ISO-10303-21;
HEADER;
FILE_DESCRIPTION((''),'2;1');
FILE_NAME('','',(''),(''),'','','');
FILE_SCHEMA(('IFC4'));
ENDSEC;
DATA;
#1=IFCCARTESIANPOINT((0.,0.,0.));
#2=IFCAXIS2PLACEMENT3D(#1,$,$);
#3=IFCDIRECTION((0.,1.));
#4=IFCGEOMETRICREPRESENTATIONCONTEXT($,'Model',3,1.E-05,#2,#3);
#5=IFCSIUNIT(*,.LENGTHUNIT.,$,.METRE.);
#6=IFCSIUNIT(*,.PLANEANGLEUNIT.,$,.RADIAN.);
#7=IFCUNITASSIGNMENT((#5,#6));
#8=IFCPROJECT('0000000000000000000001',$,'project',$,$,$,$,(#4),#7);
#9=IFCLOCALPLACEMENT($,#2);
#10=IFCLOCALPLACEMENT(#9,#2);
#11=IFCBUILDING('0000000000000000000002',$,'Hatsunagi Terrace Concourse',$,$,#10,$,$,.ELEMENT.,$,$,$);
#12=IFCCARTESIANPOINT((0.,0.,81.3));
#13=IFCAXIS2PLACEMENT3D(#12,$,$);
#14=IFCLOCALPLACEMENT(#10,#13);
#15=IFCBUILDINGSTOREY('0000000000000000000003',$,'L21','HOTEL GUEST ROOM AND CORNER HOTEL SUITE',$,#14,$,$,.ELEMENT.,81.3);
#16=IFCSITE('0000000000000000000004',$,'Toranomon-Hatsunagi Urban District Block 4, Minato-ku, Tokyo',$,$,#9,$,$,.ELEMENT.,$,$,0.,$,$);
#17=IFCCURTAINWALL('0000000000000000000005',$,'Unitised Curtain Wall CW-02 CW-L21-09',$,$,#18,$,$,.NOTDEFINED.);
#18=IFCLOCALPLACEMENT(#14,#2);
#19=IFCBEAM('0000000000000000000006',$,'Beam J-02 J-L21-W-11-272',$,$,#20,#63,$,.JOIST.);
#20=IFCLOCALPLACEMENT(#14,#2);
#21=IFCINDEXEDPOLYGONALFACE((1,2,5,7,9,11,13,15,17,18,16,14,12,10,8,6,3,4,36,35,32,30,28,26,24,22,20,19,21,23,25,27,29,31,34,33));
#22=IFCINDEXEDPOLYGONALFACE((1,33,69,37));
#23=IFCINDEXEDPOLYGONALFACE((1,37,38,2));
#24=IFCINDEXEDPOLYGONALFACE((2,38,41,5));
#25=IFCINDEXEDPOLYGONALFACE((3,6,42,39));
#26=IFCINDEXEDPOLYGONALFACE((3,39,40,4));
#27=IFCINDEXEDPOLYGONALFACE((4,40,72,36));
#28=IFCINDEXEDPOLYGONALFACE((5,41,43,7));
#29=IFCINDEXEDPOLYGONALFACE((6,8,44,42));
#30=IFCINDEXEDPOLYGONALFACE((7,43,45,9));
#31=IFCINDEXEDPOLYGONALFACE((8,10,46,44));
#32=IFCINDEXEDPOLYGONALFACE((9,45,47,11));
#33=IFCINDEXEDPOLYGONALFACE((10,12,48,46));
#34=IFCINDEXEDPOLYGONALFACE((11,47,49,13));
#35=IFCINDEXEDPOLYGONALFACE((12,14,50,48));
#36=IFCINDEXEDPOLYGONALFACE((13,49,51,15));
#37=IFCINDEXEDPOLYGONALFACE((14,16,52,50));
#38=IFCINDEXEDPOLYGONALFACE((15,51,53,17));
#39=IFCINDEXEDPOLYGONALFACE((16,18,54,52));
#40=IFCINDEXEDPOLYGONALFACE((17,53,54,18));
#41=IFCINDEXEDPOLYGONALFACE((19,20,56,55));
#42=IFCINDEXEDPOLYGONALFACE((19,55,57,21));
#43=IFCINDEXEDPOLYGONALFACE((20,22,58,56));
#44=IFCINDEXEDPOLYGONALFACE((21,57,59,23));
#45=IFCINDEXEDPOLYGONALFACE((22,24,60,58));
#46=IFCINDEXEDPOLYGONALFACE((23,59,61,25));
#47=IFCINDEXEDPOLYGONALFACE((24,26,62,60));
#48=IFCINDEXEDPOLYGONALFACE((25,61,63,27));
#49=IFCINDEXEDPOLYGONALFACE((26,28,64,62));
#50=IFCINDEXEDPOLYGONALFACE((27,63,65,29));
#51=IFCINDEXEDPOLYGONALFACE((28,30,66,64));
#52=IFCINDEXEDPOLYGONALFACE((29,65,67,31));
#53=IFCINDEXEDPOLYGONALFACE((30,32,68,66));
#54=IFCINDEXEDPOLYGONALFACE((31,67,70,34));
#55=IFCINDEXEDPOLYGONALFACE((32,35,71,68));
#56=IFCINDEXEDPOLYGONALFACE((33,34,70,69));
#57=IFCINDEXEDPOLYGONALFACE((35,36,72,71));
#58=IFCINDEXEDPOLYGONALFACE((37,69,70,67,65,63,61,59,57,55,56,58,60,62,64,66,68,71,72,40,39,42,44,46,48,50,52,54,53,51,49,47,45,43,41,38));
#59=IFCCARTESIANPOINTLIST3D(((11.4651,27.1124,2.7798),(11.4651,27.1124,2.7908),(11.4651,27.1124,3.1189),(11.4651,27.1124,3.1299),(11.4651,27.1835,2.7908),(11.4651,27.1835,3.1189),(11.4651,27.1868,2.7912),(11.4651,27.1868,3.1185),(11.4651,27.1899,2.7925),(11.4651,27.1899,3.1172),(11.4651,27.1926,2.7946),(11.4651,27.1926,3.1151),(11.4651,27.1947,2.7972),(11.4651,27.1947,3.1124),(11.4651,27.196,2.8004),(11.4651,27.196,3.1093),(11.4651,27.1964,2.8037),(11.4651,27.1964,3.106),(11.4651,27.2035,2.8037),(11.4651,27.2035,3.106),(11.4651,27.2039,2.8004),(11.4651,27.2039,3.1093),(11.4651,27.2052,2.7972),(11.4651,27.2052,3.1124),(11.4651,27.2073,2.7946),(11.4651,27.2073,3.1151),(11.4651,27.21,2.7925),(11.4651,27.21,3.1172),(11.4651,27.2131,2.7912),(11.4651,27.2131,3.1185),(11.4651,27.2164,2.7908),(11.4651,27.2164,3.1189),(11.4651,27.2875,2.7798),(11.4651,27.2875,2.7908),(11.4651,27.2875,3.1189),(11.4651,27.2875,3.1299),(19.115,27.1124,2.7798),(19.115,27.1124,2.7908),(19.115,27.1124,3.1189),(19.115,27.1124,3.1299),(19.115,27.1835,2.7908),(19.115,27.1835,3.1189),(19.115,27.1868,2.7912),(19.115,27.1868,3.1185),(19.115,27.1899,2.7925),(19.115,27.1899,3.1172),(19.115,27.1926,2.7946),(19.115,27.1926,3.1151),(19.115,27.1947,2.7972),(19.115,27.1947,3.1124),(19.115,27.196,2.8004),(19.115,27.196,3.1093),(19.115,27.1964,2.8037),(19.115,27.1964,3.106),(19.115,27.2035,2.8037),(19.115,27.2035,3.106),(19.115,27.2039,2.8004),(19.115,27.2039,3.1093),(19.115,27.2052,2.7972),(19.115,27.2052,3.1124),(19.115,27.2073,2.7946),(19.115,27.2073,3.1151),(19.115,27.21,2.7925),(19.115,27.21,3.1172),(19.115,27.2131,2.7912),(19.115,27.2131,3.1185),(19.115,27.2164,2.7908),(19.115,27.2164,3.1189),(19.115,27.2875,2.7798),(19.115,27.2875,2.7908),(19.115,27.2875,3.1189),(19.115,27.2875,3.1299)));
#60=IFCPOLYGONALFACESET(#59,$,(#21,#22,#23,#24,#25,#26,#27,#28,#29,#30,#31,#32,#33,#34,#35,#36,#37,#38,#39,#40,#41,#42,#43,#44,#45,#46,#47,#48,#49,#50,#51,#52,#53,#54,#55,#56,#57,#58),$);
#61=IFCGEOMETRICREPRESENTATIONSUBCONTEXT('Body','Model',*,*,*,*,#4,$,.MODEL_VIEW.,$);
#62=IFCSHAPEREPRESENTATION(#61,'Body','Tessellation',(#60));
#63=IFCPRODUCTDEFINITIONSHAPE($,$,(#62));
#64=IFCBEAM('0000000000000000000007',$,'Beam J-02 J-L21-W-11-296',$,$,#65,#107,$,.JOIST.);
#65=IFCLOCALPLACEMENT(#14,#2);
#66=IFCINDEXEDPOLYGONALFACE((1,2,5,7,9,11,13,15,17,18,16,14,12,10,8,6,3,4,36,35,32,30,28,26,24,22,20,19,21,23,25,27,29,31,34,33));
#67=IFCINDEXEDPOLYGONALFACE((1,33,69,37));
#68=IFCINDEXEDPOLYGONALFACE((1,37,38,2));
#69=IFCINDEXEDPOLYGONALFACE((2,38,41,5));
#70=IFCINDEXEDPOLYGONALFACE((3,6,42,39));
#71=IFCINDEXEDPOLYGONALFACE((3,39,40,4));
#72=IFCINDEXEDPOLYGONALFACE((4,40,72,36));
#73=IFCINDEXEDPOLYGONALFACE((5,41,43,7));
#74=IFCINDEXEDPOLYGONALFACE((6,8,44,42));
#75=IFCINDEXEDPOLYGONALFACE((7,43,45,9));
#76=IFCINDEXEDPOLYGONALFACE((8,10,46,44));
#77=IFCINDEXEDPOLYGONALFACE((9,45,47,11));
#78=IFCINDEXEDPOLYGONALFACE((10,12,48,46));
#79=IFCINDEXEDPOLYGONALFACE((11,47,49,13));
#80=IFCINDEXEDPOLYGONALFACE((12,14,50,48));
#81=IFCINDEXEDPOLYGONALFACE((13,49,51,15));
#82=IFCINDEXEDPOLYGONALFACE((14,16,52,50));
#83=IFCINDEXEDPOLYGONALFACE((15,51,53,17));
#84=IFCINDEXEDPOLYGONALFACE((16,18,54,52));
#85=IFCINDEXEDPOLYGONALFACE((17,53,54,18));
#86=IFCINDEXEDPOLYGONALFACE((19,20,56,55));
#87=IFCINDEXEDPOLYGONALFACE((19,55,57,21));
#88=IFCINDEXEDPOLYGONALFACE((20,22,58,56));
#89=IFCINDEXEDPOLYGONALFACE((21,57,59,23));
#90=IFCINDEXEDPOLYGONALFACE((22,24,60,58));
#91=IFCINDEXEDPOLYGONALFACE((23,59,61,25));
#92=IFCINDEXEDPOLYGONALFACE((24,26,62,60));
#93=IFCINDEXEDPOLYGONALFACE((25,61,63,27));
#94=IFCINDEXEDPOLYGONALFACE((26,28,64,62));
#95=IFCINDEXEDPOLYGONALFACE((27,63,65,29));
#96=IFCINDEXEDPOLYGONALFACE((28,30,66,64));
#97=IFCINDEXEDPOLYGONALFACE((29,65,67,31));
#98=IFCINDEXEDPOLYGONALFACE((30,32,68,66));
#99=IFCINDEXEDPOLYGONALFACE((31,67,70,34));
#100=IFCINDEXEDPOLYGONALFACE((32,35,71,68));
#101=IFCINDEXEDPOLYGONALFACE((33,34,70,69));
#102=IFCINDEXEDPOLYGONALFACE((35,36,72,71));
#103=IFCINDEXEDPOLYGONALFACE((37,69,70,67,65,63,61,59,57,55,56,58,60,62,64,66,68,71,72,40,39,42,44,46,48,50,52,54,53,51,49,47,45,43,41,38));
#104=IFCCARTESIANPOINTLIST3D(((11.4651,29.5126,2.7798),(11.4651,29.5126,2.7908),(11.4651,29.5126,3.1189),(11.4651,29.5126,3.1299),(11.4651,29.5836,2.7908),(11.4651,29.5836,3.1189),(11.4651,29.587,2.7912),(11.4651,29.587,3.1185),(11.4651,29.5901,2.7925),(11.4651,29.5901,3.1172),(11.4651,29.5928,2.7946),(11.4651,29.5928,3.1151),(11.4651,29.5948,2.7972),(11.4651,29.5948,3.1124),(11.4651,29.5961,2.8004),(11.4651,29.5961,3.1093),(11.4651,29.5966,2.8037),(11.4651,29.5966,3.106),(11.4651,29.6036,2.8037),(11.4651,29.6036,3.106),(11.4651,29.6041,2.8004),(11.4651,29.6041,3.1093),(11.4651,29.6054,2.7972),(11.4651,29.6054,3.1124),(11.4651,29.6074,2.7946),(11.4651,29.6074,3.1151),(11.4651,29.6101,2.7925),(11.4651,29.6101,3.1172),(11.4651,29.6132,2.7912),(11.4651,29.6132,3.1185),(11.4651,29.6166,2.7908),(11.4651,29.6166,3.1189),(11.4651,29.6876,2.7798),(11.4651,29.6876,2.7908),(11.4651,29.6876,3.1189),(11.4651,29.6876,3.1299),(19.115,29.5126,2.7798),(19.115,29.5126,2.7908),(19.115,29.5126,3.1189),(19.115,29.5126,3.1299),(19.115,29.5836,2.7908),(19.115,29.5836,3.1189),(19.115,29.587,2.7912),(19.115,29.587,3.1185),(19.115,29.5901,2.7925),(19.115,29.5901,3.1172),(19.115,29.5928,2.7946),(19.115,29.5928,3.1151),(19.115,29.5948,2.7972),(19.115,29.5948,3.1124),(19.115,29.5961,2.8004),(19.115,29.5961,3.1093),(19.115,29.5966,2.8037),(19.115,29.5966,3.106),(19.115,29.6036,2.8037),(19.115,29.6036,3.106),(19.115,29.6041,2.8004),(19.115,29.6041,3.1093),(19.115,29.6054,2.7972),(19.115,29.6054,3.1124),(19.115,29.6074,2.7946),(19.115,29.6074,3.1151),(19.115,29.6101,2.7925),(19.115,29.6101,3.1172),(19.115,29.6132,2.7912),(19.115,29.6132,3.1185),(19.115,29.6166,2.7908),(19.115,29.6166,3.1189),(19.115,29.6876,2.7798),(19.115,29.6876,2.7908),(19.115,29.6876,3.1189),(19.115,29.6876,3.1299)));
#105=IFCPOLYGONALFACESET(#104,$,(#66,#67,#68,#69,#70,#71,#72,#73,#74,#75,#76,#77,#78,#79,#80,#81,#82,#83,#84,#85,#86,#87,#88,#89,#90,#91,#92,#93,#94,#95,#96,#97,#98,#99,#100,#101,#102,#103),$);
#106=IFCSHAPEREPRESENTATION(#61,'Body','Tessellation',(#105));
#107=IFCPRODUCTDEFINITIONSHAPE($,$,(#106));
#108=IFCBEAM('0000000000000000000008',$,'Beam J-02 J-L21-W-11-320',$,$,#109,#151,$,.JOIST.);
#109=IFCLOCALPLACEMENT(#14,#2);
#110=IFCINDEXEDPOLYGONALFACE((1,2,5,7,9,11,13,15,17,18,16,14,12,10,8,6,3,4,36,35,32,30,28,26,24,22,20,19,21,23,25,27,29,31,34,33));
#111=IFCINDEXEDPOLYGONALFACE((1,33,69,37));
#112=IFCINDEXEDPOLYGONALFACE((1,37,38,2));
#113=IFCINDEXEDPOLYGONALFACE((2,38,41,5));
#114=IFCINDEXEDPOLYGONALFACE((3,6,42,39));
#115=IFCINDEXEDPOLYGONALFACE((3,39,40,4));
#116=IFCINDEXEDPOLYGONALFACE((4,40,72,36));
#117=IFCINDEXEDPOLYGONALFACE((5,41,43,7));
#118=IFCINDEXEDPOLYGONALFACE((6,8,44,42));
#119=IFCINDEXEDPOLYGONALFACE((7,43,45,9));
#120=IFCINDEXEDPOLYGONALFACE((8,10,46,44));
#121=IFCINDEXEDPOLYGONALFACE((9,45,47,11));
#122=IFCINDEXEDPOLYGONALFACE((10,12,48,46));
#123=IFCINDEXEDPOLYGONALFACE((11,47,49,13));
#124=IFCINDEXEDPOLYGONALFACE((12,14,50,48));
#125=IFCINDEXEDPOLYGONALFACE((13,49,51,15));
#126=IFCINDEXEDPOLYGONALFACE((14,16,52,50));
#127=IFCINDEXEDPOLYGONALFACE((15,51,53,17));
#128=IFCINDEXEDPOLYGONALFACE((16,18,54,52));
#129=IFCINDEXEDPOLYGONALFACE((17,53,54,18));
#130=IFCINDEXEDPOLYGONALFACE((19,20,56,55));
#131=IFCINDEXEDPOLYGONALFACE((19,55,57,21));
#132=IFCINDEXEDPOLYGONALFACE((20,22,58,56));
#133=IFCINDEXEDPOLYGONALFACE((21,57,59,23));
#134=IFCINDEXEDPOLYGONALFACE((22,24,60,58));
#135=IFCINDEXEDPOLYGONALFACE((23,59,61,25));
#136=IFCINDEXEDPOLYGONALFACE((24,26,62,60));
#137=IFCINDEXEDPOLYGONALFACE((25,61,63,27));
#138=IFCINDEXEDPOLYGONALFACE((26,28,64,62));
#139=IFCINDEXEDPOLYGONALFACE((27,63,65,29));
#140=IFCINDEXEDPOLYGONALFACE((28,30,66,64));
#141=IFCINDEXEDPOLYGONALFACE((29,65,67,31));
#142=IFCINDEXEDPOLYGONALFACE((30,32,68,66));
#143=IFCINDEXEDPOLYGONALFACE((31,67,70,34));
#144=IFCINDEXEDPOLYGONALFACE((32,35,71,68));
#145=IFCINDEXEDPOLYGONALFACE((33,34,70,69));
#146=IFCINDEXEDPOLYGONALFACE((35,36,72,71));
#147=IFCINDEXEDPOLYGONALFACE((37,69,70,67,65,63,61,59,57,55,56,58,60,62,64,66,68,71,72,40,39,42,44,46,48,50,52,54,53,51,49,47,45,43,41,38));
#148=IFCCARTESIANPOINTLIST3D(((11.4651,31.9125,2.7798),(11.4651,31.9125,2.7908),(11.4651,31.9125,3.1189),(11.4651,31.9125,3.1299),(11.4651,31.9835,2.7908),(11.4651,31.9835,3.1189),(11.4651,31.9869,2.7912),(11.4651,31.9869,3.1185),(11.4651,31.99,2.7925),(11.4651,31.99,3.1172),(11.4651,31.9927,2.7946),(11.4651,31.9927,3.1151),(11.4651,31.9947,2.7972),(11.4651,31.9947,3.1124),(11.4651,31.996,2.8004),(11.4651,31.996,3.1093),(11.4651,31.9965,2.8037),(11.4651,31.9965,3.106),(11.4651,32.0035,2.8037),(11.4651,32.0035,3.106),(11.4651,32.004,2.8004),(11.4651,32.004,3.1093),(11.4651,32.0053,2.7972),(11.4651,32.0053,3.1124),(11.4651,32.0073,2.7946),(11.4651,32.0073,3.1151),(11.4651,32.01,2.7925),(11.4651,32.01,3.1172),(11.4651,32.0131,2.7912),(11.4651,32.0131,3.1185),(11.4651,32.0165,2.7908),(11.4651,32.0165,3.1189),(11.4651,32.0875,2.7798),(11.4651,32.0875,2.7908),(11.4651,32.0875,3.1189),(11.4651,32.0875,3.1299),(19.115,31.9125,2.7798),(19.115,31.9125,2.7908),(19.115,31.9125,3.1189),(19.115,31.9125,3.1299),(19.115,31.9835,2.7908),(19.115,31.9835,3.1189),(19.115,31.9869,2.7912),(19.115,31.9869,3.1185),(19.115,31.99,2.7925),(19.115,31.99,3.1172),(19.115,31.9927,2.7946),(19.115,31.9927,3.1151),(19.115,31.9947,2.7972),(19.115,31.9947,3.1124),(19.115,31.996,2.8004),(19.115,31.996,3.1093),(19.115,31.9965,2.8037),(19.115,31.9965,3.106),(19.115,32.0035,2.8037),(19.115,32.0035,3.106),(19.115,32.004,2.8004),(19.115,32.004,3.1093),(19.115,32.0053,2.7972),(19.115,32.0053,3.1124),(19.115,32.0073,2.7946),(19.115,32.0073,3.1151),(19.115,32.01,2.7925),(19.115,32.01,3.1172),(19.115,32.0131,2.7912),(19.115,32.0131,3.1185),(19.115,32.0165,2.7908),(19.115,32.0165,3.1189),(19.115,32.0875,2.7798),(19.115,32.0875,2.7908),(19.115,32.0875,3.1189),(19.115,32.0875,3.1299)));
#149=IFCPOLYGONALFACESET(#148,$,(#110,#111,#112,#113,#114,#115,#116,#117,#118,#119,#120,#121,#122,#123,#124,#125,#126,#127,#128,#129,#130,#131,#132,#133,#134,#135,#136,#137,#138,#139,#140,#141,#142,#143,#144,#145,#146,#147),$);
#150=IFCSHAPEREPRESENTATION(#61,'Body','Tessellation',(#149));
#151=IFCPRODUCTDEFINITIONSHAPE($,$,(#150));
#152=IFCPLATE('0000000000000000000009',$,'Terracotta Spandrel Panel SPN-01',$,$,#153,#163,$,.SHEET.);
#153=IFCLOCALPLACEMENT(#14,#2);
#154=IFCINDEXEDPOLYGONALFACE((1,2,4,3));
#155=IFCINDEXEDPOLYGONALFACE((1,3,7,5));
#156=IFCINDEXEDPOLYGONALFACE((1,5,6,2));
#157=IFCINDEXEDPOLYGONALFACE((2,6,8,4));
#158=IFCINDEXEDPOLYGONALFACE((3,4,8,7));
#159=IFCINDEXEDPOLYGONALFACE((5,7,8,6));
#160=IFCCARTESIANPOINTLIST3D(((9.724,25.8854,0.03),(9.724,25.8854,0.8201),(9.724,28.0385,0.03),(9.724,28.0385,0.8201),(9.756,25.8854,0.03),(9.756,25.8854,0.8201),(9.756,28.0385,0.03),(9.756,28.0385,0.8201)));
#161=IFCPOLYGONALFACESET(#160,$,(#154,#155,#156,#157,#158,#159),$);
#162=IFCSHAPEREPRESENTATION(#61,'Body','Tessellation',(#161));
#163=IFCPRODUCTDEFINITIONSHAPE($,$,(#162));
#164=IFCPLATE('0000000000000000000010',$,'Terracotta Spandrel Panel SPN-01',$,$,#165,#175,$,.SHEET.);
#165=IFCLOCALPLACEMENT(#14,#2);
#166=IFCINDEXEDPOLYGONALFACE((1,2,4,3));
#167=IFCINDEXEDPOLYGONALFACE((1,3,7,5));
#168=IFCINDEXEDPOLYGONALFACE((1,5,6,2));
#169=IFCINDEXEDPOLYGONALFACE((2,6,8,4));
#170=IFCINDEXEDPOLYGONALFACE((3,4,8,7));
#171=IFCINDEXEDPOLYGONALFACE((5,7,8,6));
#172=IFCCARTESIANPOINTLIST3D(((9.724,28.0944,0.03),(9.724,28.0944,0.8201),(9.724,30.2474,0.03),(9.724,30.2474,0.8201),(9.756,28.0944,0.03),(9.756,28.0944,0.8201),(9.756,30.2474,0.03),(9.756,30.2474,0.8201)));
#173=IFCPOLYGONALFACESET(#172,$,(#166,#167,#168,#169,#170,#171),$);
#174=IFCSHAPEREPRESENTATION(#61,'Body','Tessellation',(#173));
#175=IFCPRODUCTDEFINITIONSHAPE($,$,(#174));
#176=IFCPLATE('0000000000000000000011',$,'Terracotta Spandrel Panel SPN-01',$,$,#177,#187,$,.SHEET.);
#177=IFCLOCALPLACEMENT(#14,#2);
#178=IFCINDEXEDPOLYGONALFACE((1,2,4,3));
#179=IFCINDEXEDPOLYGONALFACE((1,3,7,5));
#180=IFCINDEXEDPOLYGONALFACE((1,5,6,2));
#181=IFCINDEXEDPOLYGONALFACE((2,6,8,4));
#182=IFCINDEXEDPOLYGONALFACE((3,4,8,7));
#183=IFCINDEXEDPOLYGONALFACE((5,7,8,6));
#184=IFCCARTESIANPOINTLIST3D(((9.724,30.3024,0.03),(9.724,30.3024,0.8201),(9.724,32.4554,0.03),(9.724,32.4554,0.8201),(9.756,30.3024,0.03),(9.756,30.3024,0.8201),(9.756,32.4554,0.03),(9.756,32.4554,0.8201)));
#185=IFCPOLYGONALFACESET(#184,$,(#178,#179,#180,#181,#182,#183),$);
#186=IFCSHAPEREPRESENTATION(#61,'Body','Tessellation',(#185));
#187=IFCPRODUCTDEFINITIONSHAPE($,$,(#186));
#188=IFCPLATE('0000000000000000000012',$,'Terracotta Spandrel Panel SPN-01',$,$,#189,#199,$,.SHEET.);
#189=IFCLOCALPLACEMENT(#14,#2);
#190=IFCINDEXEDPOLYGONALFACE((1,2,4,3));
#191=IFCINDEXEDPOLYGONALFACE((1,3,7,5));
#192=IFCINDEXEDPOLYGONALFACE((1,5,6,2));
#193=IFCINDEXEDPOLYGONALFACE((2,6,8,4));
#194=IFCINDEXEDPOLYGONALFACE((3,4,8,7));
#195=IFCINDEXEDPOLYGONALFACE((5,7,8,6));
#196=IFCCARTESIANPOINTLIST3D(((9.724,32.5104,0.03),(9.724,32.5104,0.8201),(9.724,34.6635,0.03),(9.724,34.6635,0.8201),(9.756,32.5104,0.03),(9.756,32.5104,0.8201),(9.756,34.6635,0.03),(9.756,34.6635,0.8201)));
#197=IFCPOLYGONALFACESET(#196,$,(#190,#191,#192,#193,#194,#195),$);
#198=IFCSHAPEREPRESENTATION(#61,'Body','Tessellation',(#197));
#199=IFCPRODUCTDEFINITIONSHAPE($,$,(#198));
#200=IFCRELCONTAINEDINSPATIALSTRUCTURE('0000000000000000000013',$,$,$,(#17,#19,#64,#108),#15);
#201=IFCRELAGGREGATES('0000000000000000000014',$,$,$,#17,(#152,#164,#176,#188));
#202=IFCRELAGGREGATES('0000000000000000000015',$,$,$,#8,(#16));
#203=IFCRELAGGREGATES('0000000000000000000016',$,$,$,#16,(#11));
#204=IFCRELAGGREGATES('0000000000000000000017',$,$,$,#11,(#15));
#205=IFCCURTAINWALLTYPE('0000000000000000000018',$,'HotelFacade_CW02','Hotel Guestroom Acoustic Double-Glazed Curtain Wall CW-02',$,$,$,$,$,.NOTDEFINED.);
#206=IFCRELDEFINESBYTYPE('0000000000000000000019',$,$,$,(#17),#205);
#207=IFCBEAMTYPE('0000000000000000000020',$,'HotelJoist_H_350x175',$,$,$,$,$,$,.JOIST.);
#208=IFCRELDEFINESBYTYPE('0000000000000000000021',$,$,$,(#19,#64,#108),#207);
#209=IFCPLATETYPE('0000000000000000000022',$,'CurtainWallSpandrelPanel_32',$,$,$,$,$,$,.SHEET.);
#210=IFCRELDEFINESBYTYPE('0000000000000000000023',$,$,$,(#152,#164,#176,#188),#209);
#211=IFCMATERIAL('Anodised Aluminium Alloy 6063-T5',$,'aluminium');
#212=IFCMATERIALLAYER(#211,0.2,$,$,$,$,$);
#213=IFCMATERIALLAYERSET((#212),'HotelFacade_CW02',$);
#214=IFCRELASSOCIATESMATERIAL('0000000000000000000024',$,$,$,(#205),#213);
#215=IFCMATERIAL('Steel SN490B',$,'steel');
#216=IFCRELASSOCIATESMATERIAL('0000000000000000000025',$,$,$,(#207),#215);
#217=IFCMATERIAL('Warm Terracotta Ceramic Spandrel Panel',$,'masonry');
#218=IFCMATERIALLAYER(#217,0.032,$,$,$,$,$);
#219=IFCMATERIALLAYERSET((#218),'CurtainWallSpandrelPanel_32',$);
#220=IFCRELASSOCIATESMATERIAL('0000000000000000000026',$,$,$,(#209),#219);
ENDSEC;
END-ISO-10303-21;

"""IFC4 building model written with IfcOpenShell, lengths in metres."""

from ifc_helpers import new_model, si_unit, direction, frame, origin, origin_2d, place, context, subcontext, project, spatial, rectangle, i_section, extrude, material, layer, layer_set, material_profile, profile_set, type_object, element, aggregate, save


model = new_model("IFC4")

# Units and contexts
model_context = context("Model", 3, precision=1e-05, world=origin(), true_north=direction((0.0, 1.0)))
body_context = subcontext(model_context, "Body", "Model", "MODEL_VIEW")
ifc_project = project(units=[si_unit("LENGTHUNIT", "METRE"), si_unit("PLANEANGLEUNIT", "RADIAN")], contexts=[model_context])

# Site, building, storey
site_placement = place(None, origin())
site = spatial("IfcSite", under=ifc_project, at=site_placement, Name="Toranomon-Hatsunagi Urban District Block 4, Minato-ku, Tokyo", CompositionType="ELEMENT", RefElevation=0.0)
building_placement = place(site_placement, origin())
building = spatial("IfcBuilding", under=site, at=building_placement, Name="Hatsunagi Terrace Concourse", CompositionType="ELEMENT")
storey_placement = place(building_placement, frame((0.0, 0.0, 81.3)))
storey = spatial("IfcBuildingStorey", under=building, at=storey_placement, Name="L21", Description="HOTEL GUEST ROOM AND CORNER HOTEL SUITE", CompositionType="ELEMENT", Elevation=81.3)

# Curtain wall
ifc_material_1 = material(Name="Anodised Aluminium Alloy 6063-T5", Category="aluminium")
ifc_layer_1 = layer(ifc_material_1, 0.2)
ifc_layer_set_1 = layer_set([ifc_layer_1], Name="HotelFacade_CW02")
curtain_wall_type = type_object("IfcCurtainWallType", Name="HotelFacade_CW02", Description="Hotel Guestroom Acoustic Double-Glazed Curtain Wall CW-02", PredefinedType="NOTDEFINED", material=ifc_layer_set_1)
curtain_wall_placement = place(storey_placement, origin())
curtain_wall = element("IfcCurtainWall", 1, at=curtain_wall_placement, inside=storey, type_object=curtain_wall_type, Name="Unitised Curtain Wall CW-02 CW-L21-09", PredefinedType="NOTDEFINED")

# Beams
ifc_material_2 = material(Name="Steel SN490B", Category="steel")
ifc_material_profile_1 = material_profile(ifc_material_2, i_section(OverallWidth=0.175, OverallDepth=0.3501, WebThickness=0.0071, FlangeThickness=0.011, FilletRadius=0.0129, at=origin_2d()), Name="H-350x175x7x11")
ifc_profile_set_1 = profile_set([ifc_material_profile_1], Name="Steel SN490B")
beam_type = type_object("IfcBeamType", Name="HotelJoist_H_350x175", PredefinedType="JOIST", material=ifc_profile_set_1)
for number, where, z_axis, x_axis, name in (
    (2, (11.4651, 27.2, 2.9548), (1.0, 0.0, 0.0), (0.0, 1.0, 0.0), "Beam J-02 J-L21-W-11-272"),
    (3, (11.4651, 29.6001, 2.9548), (1.0, 0.0, 0.0), (0.0, 1.0, 0.0), "Beam J-02 J-L21-W-11-296"),
    (4, (11.4651, 32.0, 2.9548), (1.0, 0.0, 0.0), (0.0, 1.0, 0.0), "Beam J-02 J-L21-W-11-320"),
):
    element("IfcBeam", number, at=place(storey_placement, frame(where, z_axis=z_axis, x_axis=x_axis)), inside=storey, type_object=beam_type, Name=name, PredefinedType="JOIST", context=body_context, shape_type="SweptSolid", body=[
        extrude(i_section(OverallWidth=0.175, OverallDepth=0.3501, WebThickness=0.0071, FlangeThickness=0.011, FilletRadius=0.0129, at=origin_2d()), origin(), (0.0, 0.0, 1.0), 7.6499),
    ])

# Plates
ifc_material_3 = material(Name="Warm Terracotta Ceramic Spandrel Panel", Category="masonry")
ifc_layer_2 = layer(ifc_material_3, 0.032)
ifc_layer_set_2 = layer_set([ifc_layer_2], Name="CurtainWallSpandrelPanel_32")
plate_type_1 = type_object("IfcPlateType", Name="CurtainWallSpandrelPanel_32", PredefinedType="SHEET", material=ifc_layer_set_2)
plate_1_placement = place(storey_placement, frame((9.74, 26.9619, 0.03), z_axis=(0.0, 0.0, 1.0), x_axis=(0.0, 1.0, 0.0)))
plate_1 = element("IfcPlate", 5, at=plate_1_placement, type_object=plate_type_1, Name="Terracotta Spandrel Panel SPN-01", PredefinedType="SHEET", context=body_context, shape_type="SweptSolid", body=[
    extrude(rectangle(XDim=2.1531, YDim=0.032, at=origin_2d()), origin(), (0.0, 0.0, 1.0), 0.79),
])
plate_2_placement = place(storey_placement, frame((9.74, 29.1709, 0.03), z_axis=(0.0, 0.0, 1.0), x_axis=(0.0, 1.0, 0.0)))
plate_2 = element("IfcPlate", 6, at=plate_2_placement, type_object=plate_type_1, Name="Terracotta Spandrel Panel SPN-01", PredefinedType="SHEET", context=body_context, shape_type="SweptSolid", body=[
    extrude(rectangle(XDim=2.1531, YDim=0.032, at=origin_2d()), origin(), (0.0, 0.0, 1.0), 0.79),
])
plate_3_placement = place(storey_placement, frame((9.74, 31.3789, 0.03), z_axis=(0.0, 0.0, 1.0), x_axis=(0.0, 1.0, 0.0)))
plate_3 = element("IfcPlate", 7, at=plate_3_placement, type_object=plate_type_1, Name="Terracotta Spandrel Panel SPN-01", PredefinedType="SHEET", context=body_context, shape_type="SweptSolid", body=[
    extrude(rectangle(XDim=2.1531, YDim=0.032, at=origin_2d()), origin(), (0.0, 0.0, 1.0), 0.79),
])
plate_4_placement = place(storey_placement, frame((9.74, 33.5869, 0.03), z_axis=(0.0, 0.0, 1.0), x_axis=(0.0, 1.0, 0.0)))
plate_4 = element("IfcPlate", 8, at=plate_4_placement, type_object=plate_type_1, Name="Terracotta Spandrel Panel SPN-01", PredefinedType="SHEET", context=body_context, shape_type="SweptSolid", body=[
    extrude(rectangle(XDim=2.1531, YDim=0.032, at=origin_2d()), origin(), (0.0, 0.0, 1.0), 0.79),
])
aggregate(curtain_wall, [plate_1, plate_2, plate_3, plate_4])

save(model, "model.ifc")
